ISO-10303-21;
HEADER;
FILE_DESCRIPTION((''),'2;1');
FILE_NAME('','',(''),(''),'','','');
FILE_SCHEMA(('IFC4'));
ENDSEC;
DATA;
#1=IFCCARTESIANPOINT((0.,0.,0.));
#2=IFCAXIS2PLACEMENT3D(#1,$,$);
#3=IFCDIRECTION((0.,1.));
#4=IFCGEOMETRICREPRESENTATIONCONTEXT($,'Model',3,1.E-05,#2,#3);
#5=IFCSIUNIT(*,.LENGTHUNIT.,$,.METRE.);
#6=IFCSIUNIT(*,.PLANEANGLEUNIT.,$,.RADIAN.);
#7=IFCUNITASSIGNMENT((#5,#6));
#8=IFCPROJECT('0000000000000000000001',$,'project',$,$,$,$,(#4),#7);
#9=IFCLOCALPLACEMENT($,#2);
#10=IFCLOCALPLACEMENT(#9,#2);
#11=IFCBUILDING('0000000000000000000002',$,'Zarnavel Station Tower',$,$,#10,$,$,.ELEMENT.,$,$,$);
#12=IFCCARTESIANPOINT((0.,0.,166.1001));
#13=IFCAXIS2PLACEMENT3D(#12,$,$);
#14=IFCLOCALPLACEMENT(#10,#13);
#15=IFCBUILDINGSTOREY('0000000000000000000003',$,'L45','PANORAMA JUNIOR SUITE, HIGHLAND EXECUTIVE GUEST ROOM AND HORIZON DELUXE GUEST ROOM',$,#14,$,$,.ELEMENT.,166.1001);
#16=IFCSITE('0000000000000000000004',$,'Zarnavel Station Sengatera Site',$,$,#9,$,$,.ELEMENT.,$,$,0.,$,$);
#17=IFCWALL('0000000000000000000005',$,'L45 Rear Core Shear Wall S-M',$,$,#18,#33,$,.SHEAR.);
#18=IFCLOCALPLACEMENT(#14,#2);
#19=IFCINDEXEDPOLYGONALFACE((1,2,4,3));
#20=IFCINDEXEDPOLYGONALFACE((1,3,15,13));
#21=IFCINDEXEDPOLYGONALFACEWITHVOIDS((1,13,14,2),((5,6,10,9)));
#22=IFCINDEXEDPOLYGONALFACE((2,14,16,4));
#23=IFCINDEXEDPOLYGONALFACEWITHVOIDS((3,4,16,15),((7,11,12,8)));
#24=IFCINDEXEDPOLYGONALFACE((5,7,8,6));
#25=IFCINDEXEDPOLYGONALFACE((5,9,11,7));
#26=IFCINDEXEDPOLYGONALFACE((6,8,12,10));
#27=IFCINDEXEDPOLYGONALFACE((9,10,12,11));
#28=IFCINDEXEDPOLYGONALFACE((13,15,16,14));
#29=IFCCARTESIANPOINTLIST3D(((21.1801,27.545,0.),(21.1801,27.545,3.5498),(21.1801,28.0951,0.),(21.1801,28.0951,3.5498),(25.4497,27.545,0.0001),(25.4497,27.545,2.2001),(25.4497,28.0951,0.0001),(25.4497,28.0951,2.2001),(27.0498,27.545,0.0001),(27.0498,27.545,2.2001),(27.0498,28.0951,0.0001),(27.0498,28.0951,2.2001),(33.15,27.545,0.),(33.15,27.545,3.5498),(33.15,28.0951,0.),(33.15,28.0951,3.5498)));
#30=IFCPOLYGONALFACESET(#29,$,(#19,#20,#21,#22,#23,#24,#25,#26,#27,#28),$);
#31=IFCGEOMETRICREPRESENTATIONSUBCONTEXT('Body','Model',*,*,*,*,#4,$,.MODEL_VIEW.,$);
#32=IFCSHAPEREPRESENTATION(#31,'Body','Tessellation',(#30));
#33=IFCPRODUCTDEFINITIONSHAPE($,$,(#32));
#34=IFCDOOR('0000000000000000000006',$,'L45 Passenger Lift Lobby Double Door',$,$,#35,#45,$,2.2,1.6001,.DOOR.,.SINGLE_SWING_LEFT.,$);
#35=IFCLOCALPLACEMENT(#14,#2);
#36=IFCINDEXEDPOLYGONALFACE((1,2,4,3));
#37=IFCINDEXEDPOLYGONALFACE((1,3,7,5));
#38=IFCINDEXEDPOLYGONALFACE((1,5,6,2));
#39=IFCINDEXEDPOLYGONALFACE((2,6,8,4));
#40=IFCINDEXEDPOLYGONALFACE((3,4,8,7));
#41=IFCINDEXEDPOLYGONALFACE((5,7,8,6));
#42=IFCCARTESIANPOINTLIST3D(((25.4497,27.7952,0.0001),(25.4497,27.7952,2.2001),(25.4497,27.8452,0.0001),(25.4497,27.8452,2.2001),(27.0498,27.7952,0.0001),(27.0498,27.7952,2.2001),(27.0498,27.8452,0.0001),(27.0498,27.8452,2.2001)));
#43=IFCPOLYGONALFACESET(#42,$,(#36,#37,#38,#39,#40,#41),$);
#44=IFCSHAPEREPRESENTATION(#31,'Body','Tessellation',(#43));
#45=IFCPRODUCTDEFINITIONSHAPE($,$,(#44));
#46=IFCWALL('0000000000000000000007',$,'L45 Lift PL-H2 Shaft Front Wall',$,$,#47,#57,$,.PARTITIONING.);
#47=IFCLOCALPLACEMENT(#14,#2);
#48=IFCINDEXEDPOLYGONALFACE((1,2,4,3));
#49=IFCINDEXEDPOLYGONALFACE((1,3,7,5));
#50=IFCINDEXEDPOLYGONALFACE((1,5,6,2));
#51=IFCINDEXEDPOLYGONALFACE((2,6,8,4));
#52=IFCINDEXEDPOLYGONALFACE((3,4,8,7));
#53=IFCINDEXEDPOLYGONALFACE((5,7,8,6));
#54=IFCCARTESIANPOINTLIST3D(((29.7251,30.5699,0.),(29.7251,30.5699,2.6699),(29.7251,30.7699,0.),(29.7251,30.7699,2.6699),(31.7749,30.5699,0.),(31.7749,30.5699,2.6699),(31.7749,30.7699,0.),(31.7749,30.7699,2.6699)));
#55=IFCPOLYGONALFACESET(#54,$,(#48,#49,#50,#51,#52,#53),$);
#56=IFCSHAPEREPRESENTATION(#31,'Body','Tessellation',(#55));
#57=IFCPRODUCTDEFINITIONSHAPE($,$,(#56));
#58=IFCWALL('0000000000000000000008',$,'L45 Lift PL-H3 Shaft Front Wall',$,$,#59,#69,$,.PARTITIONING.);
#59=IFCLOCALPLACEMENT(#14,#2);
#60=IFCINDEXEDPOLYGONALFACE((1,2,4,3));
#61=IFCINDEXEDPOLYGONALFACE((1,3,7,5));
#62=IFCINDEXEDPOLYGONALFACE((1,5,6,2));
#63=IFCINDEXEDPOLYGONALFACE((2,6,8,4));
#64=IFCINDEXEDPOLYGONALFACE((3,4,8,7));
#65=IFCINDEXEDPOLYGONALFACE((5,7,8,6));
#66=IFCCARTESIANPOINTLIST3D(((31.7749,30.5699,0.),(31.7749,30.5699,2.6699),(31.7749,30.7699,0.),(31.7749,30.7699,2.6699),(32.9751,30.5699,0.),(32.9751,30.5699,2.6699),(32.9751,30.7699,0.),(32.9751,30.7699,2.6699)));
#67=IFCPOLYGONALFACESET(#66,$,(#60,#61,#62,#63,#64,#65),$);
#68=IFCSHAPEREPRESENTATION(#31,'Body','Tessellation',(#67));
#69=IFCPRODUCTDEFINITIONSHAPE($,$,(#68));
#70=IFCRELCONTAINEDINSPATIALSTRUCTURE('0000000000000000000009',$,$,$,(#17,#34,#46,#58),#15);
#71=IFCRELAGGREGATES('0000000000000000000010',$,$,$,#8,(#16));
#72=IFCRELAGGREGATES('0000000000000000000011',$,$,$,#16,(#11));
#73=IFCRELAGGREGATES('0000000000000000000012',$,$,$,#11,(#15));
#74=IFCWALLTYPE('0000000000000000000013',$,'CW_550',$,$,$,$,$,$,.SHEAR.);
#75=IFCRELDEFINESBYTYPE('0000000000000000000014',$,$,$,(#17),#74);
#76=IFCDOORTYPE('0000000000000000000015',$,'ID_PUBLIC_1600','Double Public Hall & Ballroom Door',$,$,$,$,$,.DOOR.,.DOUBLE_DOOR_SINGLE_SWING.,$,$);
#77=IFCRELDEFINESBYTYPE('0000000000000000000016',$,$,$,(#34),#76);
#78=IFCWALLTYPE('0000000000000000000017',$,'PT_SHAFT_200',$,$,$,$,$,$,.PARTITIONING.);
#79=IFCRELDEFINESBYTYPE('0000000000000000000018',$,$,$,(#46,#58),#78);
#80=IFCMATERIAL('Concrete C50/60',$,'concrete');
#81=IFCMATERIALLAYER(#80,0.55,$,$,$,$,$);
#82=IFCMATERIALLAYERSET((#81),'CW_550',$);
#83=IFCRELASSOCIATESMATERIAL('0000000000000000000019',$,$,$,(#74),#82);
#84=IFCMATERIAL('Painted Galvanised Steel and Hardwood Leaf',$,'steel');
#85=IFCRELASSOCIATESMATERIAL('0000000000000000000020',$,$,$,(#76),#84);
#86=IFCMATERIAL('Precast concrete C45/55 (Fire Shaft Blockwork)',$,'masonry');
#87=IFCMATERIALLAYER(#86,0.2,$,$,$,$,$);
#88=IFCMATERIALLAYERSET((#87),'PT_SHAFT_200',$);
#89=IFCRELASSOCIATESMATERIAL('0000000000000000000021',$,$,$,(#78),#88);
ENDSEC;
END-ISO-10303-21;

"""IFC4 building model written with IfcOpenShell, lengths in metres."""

from ifc_helpers import new_model, si_unit, direction, frame, frame_2d, origin, place, context, subcontext, project, spatial, rectangle, extrude, material, layer, layer_set, type_object, element, fill, save


model = new_model("IFC4")

# Units and contexts
model_context = context("Model", 3, precision=1e-05, world=origin(), true_north=direction((0.0, 1.0)))
body_context = subcontext(model_context, "Body", "Model", "MODEL_VIEW")
ifc_project = project(units=[si_unit("LENGTHUNIT", "METRE"), si_unit("PLANEANGLEUNIT", "RADIAN")], contexts=[model_context])

# Site, building, storey
site_placement = place(None, origin())
site = spatial("IfcSite", under=ifc_project, at=site_placement, Name="Zarnavel Station Sengatera Site", CompositionType="ELEMENT", RefElevation=0.0)
building_placement = place(site_placement, origin())
building = spatial("IfcBuilding", under=site, at=building_placement, Name="Zarnavel Station Tower", CompositionType="ELEMENT")
storey_placement = place(building_placement, frame((0.0, 0.0, 166.1001)))
storey = spatial("IfcBuildingStorey", under=building, at=storey_placement, Name="L45", Description="PANORAMA JUNIOR SUITE, HIGHLAND EXECUTIVE GUEST ROOM AND HORIZON DELUXE GUEST ROOM", CompositionType="ELEMENT", Elevation=166.1001)

# Wall, opening, door
ifc_material_1 = material(Name="Concrete C50/60", Category="concrete")
ifc_layer_1 = layer(ifc_material_1, 0.55)
ifc_layer_set_1 = layer_set([ifc_layer_1], Name="CW_550")
wall_type_1 = type_object("IfcWallType", Name="CW_550", PredefinedType="SHEAR", material=ifc_layer_set_1)
wall_1_placement = place(storey_placement, frame((33.1499, 27.8201, 0.0), z_axis=(0.0, 0.0, 1.0), x_axis=(-1.0, 0.0, 0.0)))
wall_1 = element("IfcWall", 1, at=wall_1_placement, inside=storey, type_object=wall_type_1, Name="L45 Rear Core Shear Wall S-M", PredefinedType="SHEAR", context=body_context, shape_type="SweptSolid", body=[
    extrude(rectangle(XDim=11.97, YDim=0.55, at=frame_2d((5.9849, 0.0))), origin(), (0.0, 0.0, 1.0), 3.5498),
])
opening_1_placement = place(wall_1_placement, frame((6.1001, 0.0, 0.0)))
opening_1 = element("IfcOpeningElement", 2, at=opening_1_placement, cuts=wall_1, PredefinedType="OPENING", context=body_context, shape_type="SweptSolid", body=[
    extrude(rectangle(XDim=1.6001, YDim=2.2, at=frame_2d((0.8, 1.1001))), frame((0.0, 0.2849, 0.0), z_axis=(0.0, -1.0, 0.0), x_axis=(1.0, 0.0, 0.0)), (0.0, 0.0, 1.0), 0.5701),
])
ifc_material_2 = material(Name="Painted Galvanised Steel and Hardwood Leaf", Category="steel")
door_type_1 = type_object("IfcDoorType", Name="ID_PUBLIC_1600", Description="Double Public Hall & Ballroom Door", OperationType="DOUBLE_DOOR_SINGLE_SWING", PredefinedType="DOOR", material=ifc_material_2)
door_1_placement = place(opening_1_placement, origin())
door_1 = element("IfcDoor", 3, at=door_1_placement, inside=storey, type_object=door_type_1, Name="L45 Passenger Lift Lobby Double Door", OperationType="SINGLE_SWING_LEFT", OverallHeight=2.2, OverallWidth=1.6001, PredefinedType="DOOR", context=body_context, shape_type="SweptSolid", body=[
    extrude(rectangle(XDim=1.6001, YDim=2.2, at=frame_2d((0.8, 1.1001))), frame((0.0, 0.0249, 0.0), z_axis=(0.0, -1.0, 0.0), x_axis=(1.0, 0.0, 0.0)), (0.0, 0.0, 1.0), 0.05),
])
fill(opening_1, door_1)
ifc_material_3 = material(Name="Precast concrete C45/55 (Fire Shaft Blockwork)", Category="masonry")
ifc_layer_2 = layer(ifc_material_3, 0.2)
ifc_layer_set_2 = layer_set([ifc_layer_2], Name="PT_SHAFT_200")
wall_type_2 = type_object("IfcWallType", Name="PT_SHAFT_200", PredefinedType="PARTITIONING", material=ifc_layer_set_2)

# Walls
wall_2_placement = place(storey_placement, frame((29.7251, 30.6699, 0.0), z_axis=(0.0, 0.0, 1.0), x_axis=(1.0, 0.0, 0.0)))
element("IfcWall", 4, at=wall_2_placement, inside=storey, type_object=wall_type_2, Name="L45 Lift PL-H2 Shaft Front Wall", PredefinedType="PARTITIONING", context=body_context, shape_type="SweptSolid", body=[
    extrude(rectangle(XDim=2.0498, YDim=0.2, at=frame_2d((1.0249, 0.0))), origin(), (0.0, 0.0, 1.0), 2.6699),
])
wall_3_placement = place(storey_placement, frame((31.7749, 30.6699, 0.0), z_axis=(0.0, 0.0, 1.0), x_axis=(1.0, 0.0, 0.0)))
element("IfcWall", 5, at=wall_3_placement, inside=storey, type_object=wall_type_2, Name="L45 Lift PL-H3 Shaft Front Wall", PredefinedType="PARTITIONING", context=body_context, shape_type="SweptSolid", body=[
    extrude(rectangle(XDim=1.2002, YDim=0.2, at=frame_2d((0.6001, 0.0))), origin(), (0.0, 0.0, 1.0), 2.6699),
])

save(model, "model.ifc")
